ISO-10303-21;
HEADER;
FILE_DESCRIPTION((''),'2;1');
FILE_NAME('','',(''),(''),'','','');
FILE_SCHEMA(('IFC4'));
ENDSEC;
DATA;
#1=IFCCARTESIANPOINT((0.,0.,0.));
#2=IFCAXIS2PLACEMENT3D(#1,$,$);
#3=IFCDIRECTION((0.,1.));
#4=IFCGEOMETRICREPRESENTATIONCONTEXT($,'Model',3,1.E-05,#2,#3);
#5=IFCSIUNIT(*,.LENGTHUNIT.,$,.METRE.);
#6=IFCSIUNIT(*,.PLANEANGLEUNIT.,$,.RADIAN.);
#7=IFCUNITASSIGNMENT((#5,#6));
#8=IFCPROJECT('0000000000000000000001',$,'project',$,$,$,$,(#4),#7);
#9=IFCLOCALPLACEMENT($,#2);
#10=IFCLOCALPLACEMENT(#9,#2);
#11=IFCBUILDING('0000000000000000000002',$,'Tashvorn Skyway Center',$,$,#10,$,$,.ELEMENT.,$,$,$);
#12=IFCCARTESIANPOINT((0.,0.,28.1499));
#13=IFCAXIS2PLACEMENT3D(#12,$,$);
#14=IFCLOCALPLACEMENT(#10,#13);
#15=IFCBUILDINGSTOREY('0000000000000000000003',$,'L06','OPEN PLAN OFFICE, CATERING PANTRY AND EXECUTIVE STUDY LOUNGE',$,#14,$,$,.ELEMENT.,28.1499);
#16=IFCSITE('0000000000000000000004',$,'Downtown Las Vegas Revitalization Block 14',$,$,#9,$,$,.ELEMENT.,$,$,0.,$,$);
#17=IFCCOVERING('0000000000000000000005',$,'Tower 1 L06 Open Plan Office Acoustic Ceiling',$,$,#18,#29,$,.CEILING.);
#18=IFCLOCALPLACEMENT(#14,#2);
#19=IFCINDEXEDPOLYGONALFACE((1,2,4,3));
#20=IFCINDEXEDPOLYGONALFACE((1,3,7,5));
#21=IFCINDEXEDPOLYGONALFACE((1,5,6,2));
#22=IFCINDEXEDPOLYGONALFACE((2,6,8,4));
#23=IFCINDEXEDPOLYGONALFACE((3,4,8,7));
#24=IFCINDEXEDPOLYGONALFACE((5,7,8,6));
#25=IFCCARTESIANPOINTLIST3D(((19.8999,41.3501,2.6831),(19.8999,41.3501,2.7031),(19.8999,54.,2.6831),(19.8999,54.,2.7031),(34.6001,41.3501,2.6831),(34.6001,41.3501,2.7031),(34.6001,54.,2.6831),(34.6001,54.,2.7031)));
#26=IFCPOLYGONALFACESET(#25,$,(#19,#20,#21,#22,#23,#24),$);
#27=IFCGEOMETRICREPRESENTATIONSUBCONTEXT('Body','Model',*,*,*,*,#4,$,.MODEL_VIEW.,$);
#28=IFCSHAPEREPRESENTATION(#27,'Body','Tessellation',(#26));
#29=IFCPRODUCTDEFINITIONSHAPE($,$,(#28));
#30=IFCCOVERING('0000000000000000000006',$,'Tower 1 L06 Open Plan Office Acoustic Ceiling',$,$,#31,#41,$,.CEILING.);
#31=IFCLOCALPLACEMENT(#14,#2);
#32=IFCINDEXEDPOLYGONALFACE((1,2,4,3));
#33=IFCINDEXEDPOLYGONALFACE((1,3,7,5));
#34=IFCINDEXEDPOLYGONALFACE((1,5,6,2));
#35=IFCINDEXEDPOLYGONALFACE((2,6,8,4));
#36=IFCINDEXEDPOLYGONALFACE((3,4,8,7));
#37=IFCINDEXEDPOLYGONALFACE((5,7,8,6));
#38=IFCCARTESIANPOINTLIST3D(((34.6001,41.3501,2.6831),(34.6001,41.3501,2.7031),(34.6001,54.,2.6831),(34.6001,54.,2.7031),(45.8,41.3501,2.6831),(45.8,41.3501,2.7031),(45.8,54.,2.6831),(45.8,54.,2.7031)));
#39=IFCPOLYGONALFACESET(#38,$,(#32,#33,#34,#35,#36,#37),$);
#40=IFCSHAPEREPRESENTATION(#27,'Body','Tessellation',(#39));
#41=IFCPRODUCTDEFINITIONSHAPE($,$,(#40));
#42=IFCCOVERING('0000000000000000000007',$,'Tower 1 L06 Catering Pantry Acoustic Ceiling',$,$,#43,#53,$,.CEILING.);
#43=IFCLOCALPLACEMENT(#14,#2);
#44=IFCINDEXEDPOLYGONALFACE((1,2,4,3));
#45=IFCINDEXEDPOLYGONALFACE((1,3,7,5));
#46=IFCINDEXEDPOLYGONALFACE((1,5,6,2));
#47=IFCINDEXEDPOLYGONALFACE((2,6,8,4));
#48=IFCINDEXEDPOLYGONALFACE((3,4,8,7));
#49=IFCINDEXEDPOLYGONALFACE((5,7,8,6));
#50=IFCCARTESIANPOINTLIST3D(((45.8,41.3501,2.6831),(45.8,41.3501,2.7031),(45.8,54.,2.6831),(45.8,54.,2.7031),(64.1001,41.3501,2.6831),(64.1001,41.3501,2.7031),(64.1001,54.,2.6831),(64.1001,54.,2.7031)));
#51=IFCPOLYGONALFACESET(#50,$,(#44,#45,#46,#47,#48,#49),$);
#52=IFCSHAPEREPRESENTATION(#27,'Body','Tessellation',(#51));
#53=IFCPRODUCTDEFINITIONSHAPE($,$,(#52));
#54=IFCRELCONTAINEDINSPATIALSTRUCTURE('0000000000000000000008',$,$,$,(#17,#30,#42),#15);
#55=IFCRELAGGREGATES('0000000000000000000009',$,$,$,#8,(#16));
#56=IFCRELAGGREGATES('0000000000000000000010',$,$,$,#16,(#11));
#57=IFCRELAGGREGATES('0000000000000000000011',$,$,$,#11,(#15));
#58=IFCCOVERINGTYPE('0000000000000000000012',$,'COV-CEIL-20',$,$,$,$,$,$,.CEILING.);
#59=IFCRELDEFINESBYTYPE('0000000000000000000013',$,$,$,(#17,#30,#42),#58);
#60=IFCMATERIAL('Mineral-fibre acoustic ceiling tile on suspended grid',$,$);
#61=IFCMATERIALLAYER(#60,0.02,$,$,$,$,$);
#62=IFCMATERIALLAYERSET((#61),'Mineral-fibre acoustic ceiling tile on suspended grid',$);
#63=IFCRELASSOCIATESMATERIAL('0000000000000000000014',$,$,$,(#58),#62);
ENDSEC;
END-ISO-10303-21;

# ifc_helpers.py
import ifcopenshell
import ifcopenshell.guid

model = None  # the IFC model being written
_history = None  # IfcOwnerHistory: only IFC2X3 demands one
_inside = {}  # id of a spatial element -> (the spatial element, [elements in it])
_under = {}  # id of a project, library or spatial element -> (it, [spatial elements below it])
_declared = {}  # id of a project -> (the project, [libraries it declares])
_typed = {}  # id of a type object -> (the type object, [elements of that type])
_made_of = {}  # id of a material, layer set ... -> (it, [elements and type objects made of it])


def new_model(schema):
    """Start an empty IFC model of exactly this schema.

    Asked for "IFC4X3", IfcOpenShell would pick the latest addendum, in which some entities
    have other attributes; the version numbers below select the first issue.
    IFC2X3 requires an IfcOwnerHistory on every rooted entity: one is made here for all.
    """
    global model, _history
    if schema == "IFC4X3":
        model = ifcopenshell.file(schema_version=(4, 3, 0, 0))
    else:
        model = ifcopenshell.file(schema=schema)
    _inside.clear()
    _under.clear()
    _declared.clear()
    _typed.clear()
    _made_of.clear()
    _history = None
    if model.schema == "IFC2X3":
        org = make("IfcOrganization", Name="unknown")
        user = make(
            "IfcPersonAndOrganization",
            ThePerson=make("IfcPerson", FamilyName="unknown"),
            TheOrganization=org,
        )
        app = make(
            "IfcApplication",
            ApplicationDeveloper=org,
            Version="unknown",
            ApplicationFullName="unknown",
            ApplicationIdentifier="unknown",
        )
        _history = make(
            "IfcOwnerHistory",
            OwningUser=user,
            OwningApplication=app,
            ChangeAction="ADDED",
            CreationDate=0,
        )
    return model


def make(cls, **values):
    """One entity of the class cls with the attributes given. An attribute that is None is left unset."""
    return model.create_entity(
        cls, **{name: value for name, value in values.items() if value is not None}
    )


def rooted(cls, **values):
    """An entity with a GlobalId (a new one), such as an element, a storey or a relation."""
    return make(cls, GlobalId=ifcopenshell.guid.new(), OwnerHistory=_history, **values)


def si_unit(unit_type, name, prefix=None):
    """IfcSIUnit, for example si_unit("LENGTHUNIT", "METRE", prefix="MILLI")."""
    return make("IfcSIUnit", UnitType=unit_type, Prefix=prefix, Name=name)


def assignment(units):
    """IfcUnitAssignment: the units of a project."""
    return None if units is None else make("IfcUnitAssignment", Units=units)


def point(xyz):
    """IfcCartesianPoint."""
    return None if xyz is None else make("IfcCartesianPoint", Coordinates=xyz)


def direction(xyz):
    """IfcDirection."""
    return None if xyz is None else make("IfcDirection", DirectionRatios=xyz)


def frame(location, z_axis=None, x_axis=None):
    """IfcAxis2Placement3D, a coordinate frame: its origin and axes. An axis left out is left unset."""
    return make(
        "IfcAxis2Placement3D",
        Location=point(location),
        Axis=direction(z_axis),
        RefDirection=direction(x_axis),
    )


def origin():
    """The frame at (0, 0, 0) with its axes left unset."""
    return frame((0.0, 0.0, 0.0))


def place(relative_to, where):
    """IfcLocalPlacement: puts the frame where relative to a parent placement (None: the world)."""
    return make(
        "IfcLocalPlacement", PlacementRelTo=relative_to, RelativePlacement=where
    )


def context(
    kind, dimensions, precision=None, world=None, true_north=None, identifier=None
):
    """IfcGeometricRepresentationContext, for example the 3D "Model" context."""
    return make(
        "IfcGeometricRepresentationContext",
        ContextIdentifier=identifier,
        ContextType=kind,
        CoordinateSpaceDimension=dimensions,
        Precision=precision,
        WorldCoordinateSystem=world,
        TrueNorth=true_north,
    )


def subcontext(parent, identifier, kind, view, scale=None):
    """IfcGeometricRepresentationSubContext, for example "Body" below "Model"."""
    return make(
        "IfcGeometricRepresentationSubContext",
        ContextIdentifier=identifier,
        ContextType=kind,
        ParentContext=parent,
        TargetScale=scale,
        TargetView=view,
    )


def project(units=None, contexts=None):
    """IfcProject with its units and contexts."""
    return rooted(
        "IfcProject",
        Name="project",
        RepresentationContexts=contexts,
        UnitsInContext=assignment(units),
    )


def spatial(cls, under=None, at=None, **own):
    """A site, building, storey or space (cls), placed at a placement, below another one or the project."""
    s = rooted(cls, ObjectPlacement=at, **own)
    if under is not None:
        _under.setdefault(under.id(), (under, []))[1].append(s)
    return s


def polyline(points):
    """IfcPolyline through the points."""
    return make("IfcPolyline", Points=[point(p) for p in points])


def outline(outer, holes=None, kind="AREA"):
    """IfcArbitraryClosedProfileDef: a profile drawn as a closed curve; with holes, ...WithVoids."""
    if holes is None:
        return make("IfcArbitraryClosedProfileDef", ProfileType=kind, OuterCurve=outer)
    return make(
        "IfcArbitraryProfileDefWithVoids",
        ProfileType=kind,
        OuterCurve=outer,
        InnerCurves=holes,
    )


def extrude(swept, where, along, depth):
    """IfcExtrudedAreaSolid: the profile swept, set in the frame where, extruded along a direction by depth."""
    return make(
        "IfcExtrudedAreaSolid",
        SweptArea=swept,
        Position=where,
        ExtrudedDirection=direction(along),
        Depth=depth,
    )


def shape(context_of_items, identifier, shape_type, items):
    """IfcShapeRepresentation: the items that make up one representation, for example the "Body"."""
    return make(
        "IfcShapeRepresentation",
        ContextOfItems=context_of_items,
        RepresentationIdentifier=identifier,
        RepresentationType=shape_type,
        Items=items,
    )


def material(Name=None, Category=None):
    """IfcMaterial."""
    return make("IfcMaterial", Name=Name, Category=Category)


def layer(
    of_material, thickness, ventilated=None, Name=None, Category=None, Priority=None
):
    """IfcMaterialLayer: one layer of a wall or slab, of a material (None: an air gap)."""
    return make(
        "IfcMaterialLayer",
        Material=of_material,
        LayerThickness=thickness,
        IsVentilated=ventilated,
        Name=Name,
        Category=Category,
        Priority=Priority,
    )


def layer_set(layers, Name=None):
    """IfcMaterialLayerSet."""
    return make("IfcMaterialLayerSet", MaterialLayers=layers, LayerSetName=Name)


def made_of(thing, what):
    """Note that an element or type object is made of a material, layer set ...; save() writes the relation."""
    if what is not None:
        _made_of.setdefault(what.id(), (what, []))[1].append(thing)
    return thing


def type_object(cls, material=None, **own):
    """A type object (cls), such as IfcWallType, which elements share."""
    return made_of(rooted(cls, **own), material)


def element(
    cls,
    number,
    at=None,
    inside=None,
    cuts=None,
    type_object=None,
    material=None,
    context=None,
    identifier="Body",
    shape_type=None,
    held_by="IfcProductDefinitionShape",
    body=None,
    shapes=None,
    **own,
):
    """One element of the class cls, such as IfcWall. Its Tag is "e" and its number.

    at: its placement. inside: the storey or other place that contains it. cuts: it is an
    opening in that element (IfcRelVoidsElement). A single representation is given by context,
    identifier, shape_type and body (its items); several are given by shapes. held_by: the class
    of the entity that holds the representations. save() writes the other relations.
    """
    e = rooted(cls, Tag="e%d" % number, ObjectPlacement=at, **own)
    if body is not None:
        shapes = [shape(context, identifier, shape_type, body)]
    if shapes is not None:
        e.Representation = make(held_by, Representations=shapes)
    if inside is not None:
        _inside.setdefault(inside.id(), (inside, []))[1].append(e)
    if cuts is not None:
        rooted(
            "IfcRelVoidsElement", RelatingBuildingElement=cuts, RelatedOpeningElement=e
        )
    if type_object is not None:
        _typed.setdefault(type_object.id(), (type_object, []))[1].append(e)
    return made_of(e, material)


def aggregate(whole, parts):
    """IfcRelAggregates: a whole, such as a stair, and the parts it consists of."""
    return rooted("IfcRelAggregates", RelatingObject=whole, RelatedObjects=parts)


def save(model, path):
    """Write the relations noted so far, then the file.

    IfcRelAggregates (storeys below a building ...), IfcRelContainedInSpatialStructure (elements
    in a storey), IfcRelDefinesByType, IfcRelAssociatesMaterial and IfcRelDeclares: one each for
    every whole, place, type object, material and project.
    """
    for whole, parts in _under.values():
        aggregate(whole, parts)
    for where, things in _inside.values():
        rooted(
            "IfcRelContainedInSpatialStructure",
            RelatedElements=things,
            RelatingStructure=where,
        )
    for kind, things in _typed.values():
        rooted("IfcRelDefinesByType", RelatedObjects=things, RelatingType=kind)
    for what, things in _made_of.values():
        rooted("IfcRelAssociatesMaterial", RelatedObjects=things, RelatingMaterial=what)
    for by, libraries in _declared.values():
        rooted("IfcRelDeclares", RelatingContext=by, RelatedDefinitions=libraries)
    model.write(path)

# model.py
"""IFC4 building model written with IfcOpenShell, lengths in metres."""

from ifc_helpers import new_model, si_unit, direction, frame, origin, place, context, subcontext, project, spatial, polyline, outline, extrude, material, layer, layer_set, type_object, element, save


model = new_model("IFC4")

# Units and contexts
model_context = context("Model", 3, precision=1e-05, world=origin(), true_north=direction((0.0, 1.0)))
body_context = subcontext(model_context, "Body", "Model", "MODEL_VIEW")
ifc_project = project(units=[si_unit("LENGTHUNIT", "METRE"), si_unit("PLANEANGLEUNIT", "RADIAN")], contexts=[model_context])

# Site, building, storey
site_placement = place(None, origin())
site = spatial("IfcSite", under=ifc_project, at=site_placement, Name="Downtown Las Vegas Revitalization Block 14", CompositionType="ELEMENT", RefElevation=0.0)
building_placement = place(site_placement, origin())
building = spatial("IfcBuilding", under=site, at=building_placement, Name="Tashvorn Skyway Center", CompositionType="ELEMENT")
storey_placement = place(building_placement, frame((0.0, 0.0, 28.1499)))
storey = spatial("IfcBuildingStorey", under=building, at=storey_placement, Name="L06", Description="OPEN PLAN OFFICE, CATERING PANTRY AND EXECUTIVE STUDY LOUNGE", CompositionType="ELEMENT", Elevation=28.1499)

# Coverings
ifc_material_1 = material(Name="Mineral-fibre acoustic ceiling tile on suspended grid")
ifc_layer_1 = layer(ifc_material_1, 0.02)
ifc_layer_set_1 = layer_set([ifc_layer_1], Name="Mineral-fibre acoustic ceiling tile on suspended grid")
covering_type = type_object("IfcCoveringType", Name="COV-CEIL-20", PredefinedType="CEILING", material=ifc_layer_set_1)
covering_1_placement = place(storey_placement, frame((0.0, 0.0, 2.6831)))
element("IfcCovering", 1, at=covering_1_placement, inside=storey, type_object=covering_type, Name="Tower 1 L06 Open Plan Office Acoustic Ceiling", PredefinedType="CEILING", context=body_context, shape_type="SweptSolid", body=[
    extrude(outline(polyline([(19.8999, 41.3501), (34.6001, 41.3501), (34.6001, 54.0), (19.8999, 54.0), (19.8999, 41.3501)])), origin(), (0.0, 0.0, 1.0), 0.02),
])
covering_2_placement = place(storey_placement, frame((0.0, 0.0, 2.6831)))
element("IfcCovering", 2, at=covering_2_placement, inside=storey, type_object=covering_type, Name="Tower 1 L06 Open Plan Office Acoustic Ceiling", PredefinedType="CEILING", context=body_context, shape_type="SweptSolid", body=[
    extrude(outline(polyline([(34.6001, 41.3501), (45.8, 41.3501), (45.8, 54.0), (34.6001, 54.0), (34.6001, 41.3501)])), origin(), (0.0, 0.0, 1.0), 0.02),
])
covering_3_placement = place(storey_placement, frame((0.0, 0.0, 2.6831)))
element("IfcCovering", 3, at=covering_3_placement, inside=storey, type_object=covering_type, Name="Tower 1 L06 Catering Pantry Acoustic Ceiling", PredefinedType="CEILING", context=body_context, shape_type="SweptSolid", body=[
    extrude(outline(polyline([(45.8, 41.3501), (64.1001, 41.3501), (64.1001, 54.0), (45.8, 54.0), (45.8, 41.3501)])), origin(), (0.0, 0.0, 1.0), 0.02),
])

save(model, "model.ifc")
